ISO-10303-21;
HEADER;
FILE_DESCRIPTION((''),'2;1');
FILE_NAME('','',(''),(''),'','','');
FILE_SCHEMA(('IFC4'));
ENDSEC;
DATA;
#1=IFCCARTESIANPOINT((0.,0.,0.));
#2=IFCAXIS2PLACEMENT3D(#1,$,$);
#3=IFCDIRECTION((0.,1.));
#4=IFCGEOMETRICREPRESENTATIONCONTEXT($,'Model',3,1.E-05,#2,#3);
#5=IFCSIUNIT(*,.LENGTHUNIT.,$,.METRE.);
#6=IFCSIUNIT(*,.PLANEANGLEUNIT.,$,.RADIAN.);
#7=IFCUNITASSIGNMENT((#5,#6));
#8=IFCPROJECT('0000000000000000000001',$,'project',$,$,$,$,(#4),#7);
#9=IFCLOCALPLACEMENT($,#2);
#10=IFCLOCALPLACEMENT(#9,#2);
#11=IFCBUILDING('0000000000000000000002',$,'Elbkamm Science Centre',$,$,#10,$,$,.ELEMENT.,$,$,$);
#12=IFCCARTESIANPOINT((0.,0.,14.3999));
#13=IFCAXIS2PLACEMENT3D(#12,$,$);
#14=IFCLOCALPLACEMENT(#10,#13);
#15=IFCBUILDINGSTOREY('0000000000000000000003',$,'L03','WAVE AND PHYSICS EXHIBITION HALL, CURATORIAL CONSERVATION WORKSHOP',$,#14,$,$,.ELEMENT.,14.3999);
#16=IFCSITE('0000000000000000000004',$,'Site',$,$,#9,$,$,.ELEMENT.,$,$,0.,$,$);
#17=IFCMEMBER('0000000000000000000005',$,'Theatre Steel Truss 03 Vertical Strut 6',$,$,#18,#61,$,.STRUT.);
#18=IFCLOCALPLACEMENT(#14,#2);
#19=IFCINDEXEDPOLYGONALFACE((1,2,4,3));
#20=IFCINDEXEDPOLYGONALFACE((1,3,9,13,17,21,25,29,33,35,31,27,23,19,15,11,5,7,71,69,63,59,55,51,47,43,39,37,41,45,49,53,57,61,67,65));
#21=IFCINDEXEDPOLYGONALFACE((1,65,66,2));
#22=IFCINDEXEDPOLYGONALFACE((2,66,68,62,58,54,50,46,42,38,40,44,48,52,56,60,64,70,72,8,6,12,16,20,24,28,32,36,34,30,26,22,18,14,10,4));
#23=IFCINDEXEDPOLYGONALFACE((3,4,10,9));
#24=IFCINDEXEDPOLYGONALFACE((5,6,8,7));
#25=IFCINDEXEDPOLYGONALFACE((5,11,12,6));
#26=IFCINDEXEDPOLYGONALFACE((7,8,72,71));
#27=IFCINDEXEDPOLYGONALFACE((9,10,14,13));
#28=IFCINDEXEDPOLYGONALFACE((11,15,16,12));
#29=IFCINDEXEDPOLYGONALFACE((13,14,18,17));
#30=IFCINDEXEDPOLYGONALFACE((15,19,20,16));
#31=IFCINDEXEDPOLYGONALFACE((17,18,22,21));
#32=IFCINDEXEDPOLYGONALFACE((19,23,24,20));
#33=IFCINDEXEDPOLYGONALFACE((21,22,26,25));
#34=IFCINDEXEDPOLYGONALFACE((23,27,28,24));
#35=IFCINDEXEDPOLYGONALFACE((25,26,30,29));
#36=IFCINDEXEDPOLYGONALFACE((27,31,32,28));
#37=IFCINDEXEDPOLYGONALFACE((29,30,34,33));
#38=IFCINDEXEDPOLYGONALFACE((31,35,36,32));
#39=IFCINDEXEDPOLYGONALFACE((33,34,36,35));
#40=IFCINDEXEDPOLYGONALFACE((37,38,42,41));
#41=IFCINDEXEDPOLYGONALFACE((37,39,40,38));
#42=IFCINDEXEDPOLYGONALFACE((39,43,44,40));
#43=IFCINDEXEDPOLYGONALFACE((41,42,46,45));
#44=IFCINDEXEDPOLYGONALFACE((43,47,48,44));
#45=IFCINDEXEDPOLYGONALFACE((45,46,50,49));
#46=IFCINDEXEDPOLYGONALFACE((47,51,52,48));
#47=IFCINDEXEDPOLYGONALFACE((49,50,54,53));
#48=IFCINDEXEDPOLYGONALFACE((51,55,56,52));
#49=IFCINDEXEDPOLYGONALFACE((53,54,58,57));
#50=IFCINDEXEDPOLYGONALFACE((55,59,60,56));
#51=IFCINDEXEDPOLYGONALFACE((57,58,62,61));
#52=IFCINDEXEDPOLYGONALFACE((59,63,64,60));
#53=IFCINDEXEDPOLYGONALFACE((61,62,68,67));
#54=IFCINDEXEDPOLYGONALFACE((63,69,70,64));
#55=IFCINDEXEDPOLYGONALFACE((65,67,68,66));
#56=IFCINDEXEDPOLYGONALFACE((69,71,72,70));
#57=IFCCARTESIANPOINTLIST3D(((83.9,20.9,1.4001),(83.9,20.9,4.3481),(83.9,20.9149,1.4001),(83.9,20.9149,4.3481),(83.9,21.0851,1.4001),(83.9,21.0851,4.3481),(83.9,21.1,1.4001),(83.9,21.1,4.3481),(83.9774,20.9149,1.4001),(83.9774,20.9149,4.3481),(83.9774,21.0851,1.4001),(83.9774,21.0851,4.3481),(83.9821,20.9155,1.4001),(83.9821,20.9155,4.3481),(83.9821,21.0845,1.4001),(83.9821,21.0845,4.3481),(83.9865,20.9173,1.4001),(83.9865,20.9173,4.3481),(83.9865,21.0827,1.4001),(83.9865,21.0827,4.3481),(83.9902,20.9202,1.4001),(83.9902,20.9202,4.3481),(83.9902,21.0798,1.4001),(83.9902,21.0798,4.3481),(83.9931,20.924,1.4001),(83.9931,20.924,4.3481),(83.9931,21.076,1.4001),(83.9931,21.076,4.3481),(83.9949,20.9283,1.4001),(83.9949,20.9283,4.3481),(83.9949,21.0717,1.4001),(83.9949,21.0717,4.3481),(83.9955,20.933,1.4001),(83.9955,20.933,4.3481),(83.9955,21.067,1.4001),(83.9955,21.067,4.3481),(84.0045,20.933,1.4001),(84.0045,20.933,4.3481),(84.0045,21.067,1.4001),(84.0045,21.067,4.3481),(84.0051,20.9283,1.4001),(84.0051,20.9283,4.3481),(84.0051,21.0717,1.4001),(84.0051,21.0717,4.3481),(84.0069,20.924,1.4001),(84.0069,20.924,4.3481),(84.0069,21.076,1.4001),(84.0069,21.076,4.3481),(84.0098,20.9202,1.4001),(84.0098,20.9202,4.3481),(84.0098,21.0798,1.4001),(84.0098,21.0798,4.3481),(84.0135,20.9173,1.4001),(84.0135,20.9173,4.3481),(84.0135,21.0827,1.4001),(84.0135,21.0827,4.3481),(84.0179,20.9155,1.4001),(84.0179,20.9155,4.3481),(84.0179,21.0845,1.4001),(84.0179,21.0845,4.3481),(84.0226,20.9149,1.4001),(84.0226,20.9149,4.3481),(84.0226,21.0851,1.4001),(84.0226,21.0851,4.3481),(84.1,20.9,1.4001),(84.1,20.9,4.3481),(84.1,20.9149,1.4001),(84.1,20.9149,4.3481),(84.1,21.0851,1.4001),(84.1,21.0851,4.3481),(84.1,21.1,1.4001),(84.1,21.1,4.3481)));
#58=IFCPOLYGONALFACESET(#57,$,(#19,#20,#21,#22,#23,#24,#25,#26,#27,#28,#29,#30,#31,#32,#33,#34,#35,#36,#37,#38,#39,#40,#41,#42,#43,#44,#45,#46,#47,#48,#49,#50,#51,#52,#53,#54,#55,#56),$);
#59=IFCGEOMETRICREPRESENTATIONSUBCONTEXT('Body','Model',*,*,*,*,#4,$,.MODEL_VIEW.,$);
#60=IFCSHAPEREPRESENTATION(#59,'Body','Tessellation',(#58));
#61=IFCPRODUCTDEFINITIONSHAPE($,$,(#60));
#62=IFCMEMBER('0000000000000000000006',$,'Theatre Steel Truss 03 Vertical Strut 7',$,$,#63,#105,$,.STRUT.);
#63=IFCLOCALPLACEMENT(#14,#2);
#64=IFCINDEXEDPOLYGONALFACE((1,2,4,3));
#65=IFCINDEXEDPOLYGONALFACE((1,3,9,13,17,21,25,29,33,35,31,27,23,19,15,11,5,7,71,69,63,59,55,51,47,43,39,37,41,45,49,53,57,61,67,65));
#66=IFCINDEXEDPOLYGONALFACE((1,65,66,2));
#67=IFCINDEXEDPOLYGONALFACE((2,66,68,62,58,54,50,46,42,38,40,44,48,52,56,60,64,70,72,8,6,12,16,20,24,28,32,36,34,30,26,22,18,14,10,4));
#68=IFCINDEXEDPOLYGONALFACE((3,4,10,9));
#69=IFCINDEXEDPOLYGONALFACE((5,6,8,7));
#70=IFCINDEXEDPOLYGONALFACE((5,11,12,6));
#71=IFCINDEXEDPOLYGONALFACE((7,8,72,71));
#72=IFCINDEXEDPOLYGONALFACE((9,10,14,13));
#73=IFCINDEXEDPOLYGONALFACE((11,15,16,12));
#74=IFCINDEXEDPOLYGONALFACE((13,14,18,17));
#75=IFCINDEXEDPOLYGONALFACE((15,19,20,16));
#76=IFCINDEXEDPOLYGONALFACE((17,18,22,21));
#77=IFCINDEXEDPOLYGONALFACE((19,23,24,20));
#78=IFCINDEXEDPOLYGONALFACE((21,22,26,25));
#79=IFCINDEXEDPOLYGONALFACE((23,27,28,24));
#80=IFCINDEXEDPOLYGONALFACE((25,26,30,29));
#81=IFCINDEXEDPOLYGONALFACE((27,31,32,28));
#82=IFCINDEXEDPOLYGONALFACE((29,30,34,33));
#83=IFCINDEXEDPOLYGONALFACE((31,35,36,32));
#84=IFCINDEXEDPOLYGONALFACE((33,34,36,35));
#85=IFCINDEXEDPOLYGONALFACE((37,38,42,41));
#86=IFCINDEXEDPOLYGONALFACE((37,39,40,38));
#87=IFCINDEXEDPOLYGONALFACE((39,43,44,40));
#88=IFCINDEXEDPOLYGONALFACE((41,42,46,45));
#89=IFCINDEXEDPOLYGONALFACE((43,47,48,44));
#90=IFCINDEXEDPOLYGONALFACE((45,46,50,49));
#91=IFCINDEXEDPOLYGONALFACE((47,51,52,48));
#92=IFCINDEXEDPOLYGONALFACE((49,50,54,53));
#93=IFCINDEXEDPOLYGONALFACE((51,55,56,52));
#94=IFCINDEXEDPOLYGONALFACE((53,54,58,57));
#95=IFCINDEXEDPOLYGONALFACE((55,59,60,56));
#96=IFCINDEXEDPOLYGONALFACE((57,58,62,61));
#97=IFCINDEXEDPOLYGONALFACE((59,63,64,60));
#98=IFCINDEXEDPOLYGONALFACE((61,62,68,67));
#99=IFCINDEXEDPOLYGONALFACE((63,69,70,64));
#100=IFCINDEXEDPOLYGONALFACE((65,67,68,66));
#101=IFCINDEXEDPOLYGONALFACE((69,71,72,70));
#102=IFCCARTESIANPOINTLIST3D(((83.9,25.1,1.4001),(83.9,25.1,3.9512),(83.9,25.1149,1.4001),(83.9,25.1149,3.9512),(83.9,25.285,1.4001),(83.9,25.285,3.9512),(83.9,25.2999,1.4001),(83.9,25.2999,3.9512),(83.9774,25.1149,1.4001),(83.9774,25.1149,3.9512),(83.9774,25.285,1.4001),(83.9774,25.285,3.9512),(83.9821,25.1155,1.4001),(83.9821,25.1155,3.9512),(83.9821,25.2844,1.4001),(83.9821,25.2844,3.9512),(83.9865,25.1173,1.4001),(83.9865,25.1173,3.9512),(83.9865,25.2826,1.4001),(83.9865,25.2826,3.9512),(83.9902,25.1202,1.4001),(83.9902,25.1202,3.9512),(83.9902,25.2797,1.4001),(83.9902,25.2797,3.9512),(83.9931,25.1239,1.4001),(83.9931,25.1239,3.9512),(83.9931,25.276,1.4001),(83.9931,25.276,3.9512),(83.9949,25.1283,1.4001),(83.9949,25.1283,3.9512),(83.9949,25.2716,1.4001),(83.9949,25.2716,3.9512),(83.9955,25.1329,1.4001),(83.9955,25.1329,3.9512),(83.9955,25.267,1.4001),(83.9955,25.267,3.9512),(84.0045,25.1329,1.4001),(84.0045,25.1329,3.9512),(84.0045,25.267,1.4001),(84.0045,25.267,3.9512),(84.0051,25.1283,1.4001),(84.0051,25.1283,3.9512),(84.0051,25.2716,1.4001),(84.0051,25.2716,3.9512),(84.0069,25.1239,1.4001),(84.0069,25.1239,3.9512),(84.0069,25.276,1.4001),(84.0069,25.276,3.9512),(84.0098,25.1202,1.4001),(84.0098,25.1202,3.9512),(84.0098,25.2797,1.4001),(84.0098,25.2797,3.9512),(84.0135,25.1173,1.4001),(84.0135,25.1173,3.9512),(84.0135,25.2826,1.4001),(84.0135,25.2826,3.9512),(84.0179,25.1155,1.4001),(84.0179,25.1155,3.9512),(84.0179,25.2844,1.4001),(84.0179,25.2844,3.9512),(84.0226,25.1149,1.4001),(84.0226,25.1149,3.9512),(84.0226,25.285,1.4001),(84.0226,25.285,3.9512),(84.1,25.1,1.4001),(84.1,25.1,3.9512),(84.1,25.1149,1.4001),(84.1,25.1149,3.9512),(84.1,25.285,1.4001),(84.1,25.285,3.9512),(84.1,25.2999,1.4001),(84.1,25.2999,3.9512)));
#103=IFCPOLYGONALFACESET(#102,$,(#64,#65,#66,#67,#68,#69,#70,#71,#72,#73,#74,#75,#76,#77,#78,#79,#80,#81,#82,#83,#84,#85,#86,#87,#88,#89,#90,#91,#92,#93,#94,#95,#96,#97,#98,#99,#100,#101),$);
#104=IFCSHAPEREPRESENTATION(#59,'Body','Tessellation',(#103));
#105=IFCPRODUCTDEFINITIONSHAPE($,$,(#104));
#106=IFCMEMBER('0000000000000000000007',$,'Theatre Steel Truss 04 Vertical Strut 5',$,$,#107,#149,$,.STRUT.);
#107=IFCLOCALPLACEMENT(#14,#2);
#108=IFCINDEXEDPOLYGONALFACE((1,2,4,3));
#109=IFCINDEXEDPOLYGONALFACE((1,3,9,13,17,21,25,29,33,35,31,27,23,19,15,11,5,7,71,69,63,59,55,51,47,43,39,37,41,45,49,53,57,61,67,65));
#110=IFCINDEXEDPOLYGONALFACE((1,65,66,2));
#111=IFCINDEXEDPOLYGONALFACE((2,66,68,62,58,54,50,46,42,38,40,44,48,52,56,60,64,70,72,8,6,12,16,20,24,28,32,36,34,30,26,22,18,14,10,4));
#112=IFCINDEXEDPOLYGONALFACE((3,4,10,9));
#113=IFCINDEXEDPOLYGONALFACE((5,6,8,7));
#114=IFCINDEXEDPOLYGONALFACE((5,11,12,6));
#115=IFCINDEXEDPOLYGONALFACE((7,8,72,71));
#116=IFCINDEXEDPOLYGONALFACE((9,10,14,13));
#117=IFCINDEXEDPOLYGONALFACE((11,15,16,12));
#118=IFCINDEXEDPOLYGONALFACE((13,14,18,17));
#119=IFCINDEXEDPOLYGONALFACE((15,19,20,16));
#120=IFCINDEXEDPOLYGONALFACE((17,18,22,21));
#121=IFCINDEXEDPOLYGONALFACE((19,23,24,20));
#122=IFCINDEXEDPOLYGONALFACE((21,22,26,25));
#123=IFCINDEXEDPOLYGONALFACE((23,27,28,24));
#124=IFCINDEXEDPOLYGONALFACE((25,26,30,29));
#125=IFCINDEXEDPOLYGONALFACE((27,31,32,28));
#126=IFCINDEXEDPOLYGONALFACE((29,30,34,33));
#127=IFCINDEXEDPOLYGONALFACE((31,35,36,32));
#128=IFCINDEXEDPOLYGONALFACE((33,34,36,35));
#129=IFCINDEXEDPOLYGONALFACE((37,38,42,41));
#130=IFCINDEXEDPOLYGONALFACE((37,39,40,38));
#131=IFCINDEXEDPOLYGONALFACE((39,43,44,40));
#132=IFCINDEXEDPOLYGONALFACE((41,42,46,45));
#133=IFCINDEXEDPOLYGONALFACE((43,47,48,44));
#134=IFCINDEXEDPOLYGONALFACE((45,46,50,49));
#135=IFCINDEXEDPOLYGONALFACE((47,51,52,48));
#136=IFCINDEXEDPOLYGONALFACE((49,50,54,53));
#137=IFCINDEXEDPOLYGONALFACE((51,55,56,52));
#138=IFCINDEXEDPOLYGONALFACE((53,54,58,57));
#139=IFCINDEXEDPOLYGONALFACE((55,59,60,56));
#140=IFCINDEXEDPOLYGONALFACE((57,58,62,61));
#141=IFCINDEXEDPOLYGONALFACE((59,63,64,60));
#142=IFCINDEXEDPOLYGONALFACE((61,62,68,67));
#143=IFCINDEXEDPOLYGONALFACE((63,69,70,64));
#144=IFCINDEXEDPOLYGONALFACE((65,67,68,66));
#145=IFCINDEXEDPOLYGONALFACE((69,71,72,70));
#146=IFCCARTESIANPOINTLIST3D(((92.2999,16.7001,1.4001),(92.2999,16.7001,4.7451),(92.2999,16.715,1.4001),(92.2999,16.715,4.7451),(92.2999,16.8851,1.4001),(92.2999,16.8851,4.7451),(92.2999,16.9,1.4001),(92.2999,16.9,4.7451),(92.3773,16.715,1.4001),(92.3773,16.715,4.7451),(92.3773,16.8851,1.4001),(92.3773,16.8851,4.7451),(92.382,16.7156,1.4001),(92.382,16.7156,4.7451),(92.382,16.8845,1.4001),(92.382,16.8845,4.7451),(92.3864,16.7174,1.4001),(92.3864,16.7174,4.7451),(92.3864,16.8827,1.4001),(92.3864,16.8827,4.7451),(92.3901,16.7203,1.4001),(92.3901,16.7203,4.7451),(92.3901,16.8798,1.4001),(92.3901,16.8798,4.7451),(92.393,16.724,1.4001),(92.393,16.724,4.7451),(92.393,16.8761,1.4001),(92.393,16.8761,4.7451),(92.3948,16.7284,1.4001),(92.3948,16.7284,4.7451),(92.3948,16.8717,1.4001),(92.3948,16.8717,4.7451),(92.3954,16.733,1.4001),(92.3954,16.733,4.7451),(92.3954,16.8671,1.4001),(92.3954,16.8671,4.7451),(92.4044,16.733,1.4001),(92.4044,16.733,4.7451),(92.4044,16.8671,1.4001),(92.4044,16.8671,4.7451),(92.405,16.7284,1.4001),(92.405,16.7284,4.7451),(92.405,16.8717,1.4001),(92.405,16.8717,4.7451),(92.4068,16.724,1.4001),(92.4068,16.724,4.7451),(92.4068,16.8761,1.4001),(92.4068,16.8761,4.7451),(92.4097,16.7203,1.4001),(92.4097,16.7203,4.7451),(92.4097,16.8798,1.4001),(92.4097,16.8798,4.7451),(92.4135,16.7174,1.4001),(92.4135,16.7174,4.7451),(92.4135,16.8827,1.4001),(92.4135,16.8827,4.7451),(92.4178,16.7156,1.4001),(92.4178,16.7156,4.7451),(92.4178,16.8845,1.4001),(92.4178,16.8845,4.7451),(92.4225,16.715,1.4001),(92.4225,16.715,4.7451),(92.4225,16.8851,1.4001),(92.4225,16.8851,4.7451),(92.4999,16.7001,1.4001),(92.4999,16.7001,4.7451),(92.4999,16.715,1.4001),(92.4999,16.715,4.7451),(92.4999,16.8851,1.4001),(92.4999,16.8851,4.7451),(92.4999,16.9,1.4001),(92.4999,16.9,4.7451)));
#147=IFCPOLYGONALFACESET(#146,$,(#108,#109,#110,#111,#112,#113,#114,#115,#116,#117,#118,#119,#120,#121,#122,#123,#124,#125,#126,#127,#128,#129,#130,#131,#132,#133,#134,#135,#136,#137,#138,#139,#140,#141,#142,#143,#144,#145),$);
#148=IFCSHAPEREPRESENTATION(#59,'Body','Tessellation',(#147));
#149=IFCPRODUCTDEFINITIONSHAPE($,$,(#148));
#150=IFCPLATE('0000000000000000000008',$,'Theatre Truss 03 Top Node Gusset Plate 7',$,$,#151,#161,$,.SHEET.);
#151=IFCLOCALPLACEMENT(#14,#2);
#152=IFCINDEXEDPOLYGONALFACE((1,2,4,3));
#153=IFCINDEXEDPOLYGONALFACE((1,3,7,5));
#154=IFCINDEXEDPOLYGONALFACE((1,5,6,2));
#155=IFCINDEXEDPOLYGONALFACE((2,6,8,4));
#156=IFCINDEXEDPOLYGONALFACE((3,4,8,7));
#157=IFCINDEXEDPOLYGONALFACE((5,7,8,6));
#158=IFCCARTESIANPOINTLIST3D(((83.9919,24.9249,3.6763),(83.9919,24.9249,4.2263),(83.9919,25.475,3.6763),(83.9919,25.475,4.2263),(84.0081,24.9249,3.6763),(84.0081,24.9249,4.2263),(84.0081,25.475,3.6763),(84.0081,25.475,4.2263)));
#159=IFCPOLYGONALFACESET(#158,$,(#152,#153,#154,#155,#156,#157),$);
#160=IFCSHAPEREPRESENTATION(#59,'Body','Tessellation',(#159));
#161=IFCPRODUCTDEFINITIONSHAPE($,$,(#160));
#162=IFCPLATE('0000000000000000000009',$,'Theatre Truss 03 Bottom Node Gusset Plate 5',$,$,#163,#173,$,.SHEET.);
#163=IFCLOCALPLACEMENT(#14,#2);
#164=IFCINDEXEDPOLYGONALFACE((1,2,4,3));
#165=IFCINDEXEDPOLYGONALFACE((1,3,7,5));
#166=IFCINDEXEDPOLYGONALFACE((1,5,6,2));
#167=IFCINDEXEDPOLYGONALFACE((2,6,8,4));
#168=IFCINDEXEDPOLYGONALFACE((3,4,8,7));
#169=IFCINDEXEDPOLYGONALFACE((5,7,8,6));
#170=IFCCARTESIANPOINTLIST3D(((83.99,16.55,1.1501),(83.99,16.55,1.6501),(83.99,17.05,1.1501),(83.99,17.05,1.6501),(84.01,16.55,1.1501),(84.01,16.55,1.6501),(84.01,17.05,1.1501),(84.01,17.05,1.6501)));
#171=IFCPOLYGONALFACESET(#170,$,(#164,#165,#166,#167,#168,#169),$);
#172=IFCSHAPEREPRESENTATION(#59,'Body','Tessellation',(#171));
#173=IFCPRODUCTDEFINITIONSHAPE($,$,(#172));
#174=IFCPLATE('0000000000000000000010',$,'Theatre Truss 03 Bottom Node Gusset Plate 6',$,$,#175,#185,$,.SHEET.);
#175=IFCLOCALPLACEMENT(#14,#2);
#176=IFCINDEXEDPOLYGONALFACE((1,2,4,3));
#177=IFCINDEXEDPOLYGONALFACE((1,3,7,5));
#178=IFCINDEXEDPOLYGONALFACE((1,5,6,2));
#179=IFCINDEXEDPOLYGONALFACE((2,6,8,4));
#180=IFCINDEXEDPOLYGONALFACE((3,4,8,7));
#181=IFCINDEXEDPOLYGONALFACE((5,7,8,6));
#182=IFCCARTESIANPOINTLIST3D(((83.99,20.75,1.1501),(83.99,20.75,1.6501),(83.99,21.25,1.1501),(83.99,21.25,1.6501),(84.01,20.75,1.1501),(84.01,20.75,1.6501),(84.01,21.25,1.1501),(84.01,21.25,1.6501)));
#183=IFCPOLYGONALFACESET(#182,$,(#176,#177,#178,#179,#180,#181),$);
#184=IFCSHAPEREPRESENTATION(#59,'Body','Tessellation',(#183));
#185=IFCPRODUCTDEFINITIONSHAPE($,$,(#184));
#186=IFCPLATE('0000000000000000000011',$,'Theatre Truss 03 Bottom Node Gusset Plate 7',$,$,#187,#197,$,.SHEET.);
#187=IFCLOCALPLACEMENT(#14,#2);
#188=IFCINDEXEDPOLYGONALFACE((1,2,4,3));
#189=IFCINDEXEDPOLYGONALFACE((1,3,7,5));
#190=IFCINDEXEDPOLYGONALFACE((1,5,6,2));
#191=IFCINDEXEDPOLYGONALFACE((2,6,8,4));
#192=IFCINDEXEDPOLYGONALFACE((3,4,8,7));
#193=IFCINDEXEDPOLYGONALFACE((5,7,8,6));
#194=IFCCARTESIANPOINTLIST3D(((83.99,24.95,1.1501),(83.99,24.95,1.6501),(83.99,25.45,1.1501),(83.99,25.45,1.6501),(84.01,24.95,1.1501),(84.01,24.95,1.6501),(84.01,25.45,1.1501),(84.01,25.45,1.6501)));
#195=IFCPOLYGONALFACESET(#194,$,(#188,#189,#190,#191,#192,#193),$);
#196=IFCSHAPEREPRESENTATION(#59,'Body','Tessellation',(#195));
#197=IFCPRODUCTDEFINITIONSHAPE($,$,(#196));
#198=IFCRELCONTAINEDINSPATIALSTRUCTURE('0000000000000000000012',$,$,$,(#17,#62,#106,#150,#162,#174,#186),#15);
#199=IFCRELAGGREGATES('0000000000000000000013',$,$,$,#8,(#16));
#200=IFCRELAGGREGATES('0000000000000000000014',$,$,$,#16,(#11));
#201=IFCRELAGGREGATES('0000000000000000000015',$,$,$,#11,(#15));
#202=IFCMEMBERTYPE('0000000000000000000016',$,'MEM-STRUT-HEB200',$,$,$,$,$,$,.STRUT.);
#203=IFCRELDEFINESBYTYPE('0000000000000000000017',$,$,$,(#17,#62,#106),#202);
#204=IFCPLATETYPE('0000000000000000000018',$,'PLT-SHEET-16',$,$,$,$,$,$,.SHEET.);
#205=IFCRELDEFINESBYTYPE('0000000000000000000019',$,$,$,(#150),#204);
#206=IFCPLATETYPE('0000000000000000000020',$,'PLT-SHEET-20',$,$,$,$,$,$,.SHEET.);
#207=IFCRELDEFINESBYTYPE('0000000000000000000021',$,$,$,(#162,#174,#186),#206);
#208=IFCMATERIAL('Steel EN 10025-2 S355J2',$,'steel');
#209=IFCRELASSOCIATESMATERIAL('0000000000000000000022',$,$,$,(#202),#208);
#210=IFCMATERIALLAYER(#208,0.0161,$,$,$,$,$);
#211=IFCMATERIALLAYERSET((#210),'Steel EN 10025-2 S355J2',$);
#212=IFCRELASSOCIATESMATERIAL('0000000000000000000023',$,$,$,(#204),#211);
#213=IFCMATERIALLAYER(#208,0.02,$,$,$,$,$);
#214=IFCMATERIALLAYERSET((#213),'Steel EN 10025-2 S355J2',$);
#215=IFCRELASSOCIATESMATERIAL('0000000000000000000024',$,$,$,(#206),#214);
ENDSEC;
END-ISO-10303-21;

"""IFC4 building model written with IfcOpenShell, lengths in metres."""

from ifc_helpers import new_model, si_unit, direction, frame, origin, origin_2d, place, context, subcontext, project, spatial, rectangle, i_section, extrude, material, layer, layer_set, material_profile, profile_set, type_object, element, save


model = new_model("IFC4")

# Units and contexts
model_context = context("Model", 3, precision=1e-05, world=origin(), true_north=direction((0.0, 1.0)))
body_context = subcontext(model_context, "Body", "Model", "MODEL_VIEW")
ifc_project = project(units=[si_unit("LENGTHUNIT", "METRE"), si_unit("PLANEANGLEUNIT", "RADIAN")], contexts=[model_context])

# Site, building, storey
site_placement = place(None, origin())
site = spatial("IfcSite", under=ifc_project, at=site_placement, Name="Site", CompositionType="ELEMENT", RefElevation=0.0)
building_placement = place(site_placement, origin())
building = spatial("IfcBuilding", under=site, at=building_placement, Name="Elbkamm Science Centre", CompositionType="ELEMENT")
storey_placement = place(building_placement, frame((0.0, 0.0, 14.3999)))
storey = spatial("IfcBuildingStorey", under=building, at=storey_placement, Name="L03", Description="WAVE AND PHYSICS EXHIBITION HALL, CURATORIAL CONSERVATION WORKSHOP", CompositionType="ELEMENT", Elevation=14.3999)

# Shared definitions
ifc_material_1 = material(Name="Steel EN 10025-2 S355J2", Category="steel")

# Members
ifc_material_profile_1 = material_profile(ifc_material_1, i_section(OverallWidth=0.2, OverallDepth=0.2, WebThickness=0.009, FlangeThickness=0.0149, FilletRadius=0.0181, at=origin_2d()), Name="HEB 200")
ifc_profile_set_1 = profile_set([ifc_material_profile_1], Name="Steel EN 10025-2 S355J2")
member_type_1 = type_object("IfcMemberType", Name="MEM-STRUT-HEB200", PredefinedType="STRUT", material=ifc_profile_set_1)
member_1_placement = place(storey_placement, frame((84.0, 21.0, 1.4001), z_axis=(0.0, 0.0, 1.0), x_axis=(1.0, 0.0, 0.0)))
element("IfcMember", 1, at=member_1_placement, inside=storey, type_object=member_type_1, Name="Theatre Steel Truss 03 Vertical Strut 6", PredefinedType="STRUT", context=body_context, shape_type="SweptSolid", body=[
    extrude(i_section(OverallWidth=0.2, OverallDepth=0.2, WebThickness=0.009, FlangeThickness=0.0149, FilletRadius=0.0181, at=origin_2d()), origin(), (0.0, 0.0, 1.0), 2.948),
])
member_2_placement = place(storey_placement, frame((84.0, 25.2, 1.4001), z_axis=(0.0, 0.0, 1.0), x_axis=(1.0, 0.0, 0.0)))
element("IfcMember", 2, at=member_2_placement, inside=storey, type_object=member_type_1, Name="Theatre Steel Truss 03 Vertical Strut 7", PredefinedType="STRUT", context=body_context, shape_type="SweptSolid", body=[
    extrude(i_section(OverallWidth=0.2, OverallDepth=0.2, WebThickness=0.009, FlangeThickness=0.0149, FilletRadius=0.0181, at=origin_2d()), origin(), (0.0, 0.0, 1.0), 2.551),
])
member_3_placement = place(storey_placement, frame((92.3999, 16.8, 1.4001), z_axis=(0.0, 0.0, 1.0), x_axis=(1.0, 0.0, 0.0)))
element("IfcMember", 3, at=member_3_placement, inside=storey, type_object=member_type_1, Name="Theatre Steel Truss 04 Vertical Strut 5", PredefinedType="STRUT", context=body_context, shape_type="SweptSolid", body=[
    extrude(i_section(OverallWidth=0.2, OverallDepth=0.2, WebThickness=0.009, FlangeThickness=0.0149, FilletRadius=0.0181, at=origin_2d()), origin(), (0.0, 0.0, 1.0), 3.345),
])

# Plates
ifc_layer_1 = layer(ifc_material_1, 0.0161)
ifc_layer_set_1 = layer_set([ifc_layer_1], Name="Steel EN 10025-2 S355J2")
plate_type_1 = type_object("IfcPlateType", Name="PLT-SHEET-16", PredefinedType="SHEET", material=ifc_layer_set_1)
plate_placement = place(storey_placement, frame((84.0, 25.2, 3.6763), z_axis=(0.0, 0.0, 1.0), x_axis=(1.0, 0.0, 0.0)))
element("IfcPlate", 4, at=plate_placement, inside=storey, type_object=plate_type_1, Name="Theatre Truss 03 Top Node Gusset Plate 7", PredefinedType="SHEET", context=body_context, shape_type="SweptSolid", body=[
    extrude(rectangle(XDim=0.0161, YDim=0.55, at=origin_2d()), origin(), (0.0, 0.0, 1.0), 0.55),
])
ifc_layer_2 = layer(ifc_material_1, 0.02)
ifc_layer_set_2 = layer_set([ifc_layer_2], Name="Steel EN 10025-2 S355J2")
plate_type_2 = type_object("IfcPlateType", Name="PLT-SHEET-20", PredefinedType="SHEET", material=ifc_layer_set_2)
for number, where, z_axis, x_axis, name in (
    (5, (84.0, 16.8, 1.1501), (0.0, 0.0, 1.0), (1.0, 0.0, 0.0), "Theatre Truss 03 Bottom Node Gusset Plate 5"),
    (6, (84.0, 21.0, 1.1501), (0.0, 0.0, 1.0), (1.0, 0.0, 0.0), "Theatre Truss 03 Bottom Node Gusset Plate 6"),
    (7, (84.0, 25.2, 1.1501), (0.0, 0.0, 1.0), (1.0, 0.0, 0.0), "Theatre Truss 03 Bottom Node Gusset Plate 7"),
):
    element("IfcPlate", number, at=place(storey_placement, frame(where, z_axis=z_axis, x_axis=x_axis)), inside=storey, type_object=plate_type_2, Name=name, PredefinedType="SHEET", context=body_context, shape_type="SweptSolid", body=[
        extrude(rectangle(XDim=0.02, YDim=0.5, at=origin_2d()), origin(), (0.0, 0.0, 1.0), 0.5),
    ])

save(model, "model.ifc")
